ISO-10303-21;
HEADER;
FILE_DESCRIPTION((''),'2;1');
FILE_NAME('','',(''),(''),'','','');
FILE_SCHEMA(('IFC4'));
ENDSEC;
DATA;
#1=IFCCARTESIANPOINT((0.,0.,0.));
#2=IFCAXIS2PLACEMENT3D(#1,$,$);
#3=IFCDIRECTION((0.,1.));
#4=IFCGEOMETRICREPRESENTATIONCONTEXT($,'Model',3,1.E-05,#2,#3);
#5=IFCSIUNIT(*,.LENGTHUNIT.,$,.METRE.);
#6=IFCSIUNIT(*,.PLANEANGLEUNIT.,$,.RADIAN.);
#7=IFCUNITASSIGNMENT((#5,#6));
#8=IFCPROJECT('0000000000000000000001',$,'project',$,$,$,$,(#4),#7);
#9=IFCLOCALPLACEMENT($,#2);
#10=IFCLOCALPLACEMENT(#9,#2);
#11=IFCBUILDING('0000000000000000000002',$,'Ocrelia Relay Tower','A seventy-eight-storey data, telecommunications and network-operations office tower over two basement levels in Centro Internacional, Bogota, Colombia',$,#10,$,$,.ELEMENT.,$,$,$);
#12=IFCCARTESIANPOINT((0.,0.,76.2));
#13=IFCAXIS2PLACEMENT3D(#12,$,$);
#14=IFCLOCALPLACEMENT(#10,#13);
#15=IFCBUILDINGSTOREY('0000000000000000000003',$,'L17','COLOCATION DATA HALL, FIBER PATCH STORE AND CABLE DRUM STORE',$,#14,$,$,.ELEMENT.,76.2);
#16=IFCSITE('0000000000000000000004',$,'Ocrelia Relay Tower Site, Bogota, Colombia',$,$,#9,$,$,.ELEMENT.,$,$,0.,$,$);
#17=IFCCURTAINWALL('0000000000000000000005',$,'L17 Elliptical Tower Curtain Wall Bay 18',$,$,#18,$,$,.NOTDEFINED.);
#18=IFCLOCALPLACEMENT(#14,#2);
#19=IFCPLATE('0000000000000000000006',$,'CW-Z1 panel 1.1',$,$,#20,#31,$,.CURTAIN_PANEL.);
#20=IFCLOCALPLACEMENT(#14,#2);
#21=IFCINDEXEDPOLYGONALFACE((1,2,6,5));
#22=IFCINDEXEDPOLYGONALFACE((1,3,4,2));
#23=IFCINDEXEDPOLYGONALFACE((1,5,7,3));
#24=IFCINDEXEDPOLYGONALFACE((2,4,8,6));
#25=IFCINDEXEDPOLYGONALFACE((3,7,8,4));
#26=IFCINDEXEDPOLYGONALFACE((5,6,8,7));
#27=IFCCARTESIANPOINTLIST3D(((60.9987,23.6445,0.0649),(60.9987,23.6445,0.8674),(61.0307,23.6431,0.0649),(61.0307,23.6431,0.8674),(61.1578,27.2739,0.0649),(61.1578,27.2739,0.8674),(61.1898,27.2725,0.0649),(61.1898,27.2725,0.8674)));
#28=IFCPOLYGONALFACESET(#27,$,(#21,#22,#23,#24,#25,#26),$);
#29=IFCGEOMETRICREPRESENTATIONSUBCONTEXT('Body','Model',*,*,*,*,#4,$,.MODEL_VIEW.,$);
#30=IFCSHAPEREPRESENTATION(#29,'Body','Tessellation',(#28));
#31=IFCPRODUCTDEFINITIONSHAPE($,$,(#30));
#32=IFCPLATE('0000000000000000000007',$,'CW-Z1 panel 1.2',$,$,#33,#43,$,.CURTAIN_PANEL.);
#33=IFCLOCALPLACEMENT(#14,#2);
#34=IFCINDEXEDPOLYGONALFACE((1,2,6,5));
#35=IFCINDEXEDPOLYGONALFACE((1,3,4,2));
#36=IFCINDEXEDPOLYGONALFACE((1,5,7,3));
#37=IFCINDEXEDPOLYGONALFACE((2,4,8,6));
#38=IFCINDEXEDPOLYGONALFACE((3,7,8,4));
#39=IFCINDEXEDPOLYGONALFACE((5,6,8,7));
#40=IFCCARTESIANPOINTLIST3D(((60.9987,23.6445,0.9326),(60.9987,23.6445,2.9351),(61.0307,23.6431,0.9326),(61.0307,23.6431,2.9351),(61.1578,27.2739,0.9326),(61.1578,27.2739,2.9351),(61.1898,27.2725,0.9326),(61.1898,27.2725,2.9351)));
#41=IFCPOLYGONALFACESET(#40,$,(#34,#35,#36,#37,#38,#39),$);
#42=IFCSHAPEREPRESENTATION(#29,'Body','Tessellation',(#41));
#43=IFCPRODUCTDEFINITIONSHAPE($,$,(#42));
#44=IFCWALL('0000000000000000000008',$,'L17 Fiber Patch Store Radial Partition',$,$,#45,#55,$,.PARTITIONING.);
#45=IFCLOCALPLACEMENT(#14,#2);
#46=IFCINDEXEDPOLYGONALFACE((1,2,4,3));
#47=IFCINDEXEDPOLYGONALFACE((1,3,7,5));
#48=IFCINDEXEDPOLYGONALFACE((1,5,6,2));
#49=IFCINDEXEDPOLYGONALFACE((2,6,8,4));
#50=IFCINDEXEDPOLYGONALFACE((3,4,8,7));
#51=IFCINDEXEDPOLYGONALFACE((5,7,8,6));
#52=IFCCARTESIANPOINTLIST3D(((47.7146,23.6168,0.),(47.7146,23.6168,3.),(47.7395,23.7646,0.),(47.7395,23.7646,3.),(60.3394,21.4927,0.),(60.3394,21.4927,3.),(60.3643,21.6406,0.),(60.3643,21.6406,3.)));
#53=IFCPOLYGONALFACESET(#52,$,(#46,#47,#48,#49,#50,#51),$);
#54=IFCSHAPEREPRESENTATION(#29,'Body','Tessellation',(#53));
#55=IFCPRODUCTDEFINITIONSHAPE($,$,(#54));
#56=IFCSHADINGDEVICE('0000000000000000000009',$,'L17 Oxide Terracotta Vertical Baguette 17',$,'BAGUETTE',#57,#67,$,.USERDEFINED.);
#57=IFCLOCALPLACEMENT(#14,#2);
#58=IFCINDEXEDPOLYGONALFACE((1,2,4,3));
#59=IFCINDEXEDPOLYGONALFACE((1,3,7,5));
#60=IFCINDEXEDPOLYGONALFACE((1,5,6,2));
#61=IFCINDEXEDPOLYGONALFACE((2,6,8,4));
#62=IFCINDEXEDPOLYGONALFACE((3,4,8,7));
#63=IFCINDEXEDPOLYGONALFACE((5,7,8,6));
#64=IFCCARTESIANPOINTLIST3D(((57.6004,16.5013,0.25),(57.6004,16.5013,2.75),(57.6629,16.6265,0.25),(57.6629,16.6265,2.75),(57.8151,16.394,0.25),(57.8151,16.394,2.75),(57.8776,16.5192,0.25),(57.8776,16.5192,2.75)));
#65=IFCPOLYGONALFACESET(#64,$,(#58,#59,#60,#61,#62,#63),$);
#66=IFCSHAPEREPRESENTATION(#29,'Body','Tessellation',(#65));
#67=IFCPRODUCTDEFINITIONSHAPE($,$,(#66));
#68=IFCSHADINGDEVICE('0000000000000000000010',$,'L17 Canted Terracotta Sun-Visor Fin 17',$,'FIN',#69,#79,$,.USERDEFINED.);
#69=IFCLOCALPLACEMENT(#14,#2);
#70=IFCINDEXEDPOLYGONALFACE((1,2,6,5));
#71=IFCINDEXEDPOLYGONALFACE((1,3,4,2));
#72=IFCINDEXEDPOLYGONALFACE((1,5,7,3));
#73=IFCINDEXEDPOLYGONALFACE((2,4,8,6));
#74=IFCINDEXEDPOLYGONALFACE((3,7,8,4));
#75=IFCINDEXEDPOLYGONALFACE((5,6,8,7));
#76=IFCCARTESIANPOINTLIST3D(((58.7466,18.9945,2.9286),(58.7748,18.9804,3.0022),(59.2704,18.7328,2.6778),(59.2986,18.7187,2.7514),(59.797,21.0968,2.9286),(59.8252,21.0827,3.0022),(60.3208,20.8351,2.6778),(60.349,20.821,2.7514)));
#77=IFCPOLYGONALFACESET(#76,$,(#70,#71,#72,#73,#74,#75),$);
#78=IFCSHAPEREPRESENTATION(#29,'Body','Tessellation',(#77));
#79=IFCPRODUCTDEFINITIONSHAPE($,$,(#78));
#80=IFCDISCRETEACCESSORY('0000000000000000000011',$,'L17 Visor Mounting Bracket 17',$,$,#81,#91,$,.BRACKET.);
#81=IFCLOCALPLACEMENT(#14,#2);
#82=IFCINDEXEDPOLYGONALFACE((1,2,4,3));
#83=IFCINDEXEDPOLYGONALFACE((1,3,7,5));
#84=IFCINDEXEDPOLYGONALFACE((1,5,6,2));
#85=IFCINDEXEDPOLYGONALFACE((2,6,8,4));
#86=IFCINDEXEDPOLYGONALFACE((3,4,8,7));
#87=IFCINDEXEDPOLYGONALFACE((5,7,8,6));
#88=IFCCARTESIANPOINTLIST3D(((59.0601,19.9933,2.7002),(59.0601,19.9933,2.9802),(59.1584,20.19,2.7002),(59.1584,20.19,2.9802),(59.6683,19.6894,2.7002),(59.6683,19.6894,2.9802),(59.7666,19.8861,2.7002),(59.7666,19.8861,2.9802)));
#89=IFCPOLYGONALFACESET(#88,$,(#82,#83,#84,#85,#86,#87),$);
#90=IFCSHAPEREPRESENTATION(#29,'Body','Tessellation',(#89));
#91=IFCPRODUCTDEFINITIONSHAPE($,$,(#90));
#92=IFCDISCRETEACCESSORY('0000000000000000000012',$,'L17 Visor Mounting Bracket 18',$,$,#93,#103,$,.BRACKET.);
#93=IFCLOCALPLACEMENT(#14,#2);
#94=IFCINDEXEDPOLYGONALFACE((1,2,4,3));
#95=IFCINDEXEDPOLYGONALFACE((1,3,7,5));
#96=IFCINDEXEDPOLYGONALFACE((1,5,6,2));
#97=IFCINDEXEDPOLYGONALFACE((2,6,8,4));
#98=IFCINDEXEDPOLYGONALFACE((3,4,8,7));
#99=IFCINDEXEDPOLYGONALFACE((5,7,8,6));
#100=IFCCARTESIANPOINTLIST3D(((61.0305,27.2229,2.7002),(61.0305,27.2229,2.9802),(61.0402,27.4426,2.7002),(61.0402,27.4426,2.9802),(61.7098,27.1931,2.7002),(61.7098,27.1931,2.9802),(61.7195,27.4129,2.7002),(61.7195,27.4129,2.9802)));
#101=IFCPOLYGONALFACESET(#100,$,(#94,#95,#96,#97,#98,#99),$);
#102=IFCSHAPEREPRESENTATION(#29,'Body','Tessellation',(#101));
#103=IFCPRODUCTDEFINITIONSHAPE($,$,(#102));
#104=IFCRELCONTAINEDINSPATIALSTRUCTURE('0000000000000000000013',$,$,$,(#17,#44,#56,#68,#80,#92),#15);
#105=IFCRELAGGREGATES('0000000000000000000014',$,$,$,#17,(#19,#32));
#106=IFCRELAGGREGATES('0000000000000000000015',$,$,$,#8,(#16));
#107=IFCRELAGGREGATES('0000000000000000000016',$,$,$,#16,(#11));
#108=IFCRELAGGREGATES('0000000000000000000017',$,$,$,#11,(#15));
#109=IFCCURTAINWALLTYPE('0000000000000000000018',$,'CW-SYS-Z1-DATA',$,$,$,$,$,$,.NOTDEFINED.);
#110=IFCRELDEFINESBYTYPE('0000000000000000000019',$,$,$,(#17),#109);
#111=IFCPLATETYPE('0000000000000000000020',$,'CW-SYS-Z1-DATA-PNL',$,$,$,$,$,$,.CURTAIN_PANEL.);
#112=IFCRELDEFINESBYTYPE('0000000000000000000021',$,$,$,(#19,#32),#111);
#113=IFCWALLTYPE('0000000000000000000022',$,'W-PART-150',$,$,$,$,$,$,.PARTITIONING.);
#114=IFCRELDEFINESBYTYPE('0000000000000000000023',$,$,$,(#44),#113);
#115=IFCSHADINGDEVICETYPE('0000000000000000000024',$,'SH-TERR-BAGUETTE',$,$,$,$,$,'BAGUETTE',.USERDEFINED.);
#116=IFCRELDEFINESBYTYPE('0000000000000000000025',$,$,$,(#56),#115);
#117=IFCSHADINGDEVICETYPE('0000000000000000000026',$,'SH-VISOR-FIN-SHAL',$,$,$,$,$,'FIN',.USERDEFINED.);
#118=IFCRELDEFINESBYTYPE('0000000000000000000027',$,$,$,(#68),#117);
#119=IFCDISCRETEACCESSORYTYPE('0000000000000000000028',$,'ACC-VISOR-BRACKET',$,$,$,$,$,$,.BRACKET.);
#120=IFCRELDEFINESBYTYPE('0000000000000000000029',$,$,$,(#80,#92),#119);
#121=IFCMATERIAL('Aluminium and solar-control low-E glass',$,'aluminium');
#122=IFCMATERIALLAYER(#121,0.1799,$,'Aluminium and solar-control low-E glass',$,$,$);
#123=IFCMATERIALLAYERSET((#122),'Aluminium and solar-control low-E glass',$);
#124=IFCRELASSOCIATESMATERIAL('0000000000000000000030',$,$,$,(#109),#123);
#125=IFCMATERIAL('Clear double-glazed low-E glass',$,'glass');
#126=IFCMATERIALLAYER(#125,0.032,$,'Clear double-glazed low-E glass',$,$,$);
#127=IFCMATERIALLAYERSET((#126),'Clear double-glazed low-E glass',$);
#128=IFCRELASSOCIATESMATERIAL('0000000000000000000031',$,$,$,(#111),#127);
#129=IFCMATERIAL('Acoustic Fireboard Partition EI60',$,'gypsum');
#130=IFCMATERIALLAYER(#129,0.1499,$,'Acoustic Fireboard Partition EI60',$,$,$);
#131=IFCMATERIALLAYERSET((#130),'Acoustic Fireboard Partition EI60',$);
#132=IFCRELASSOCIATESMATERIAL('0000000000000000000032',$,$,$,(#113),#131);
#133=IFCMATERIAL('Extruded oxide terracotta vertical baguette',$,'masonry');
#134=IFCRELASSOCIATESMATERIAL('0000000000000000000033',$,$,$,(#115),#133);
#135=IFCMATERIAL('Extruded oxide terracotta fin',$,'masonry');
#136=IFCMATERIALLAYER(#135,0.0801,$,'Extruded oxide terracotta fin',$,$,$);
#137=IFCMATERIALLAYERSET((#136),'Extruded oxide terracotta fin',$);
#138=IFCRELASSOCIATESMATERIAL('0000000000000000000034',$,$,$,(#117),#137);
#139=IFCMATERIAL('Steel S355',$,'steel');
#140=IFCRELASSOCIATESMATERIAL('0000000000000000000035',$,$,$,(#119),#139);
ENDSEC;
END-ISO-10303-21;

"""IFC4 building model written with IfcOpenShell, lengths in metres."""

from ifc_helpers import new_model, si_unit, direction, frame, frame_2d, origin, origin_2d, place, context, subcontext, project, spatial, rectangle, extrude, material, layer, layer_set, type_object, element, aggregate, save


model = new_model("IFC4")

# Units and contexts
model_context = context("Model", 3, precision=1e-05, world=origin(), true_north=direction((0.0, 1.0)))
body_context = subcontext(model_context, "Body", "Model", "MODEL_VIEW")
ifc_project = project(units=[si_unit("LENGTHUNIT", "METRE"), si_unit("PLANEANGLEUNIT", "RADIAN")], contexts=[model_context])

# Site, building, storey
site_placement = place(None, origin())
site = spatial("IfcSite", under=ifc_project, at=site_placement, Name="Ocrelia Relay Tower Site, Bogota, Colombia", CompositionType="ELEMENT", RefElevation=0.0)
building_placement = place(site_placement, origin())
building = spatial("IfcBuilding", under=site, at=building_placement, Name="Ocrelia Relay Tower", Description="A seventy-eight-storey data, telecommunications and network-operations office tower over two basement levels in Centro Internacional, Bogota, Colombia", CompositionType="ELEMENT")
storey_placement = place(building_placement, frame((0.0, 0.0, 76.2)))
storey = spatial("IfcBuildingStorey", under=building, at=storey_placement, Name="L17", Description="COLOCATION DATA HALL, FIBER PATCH STORE AND CABLE DRUM STORE", CompositionType="ELEMENT", Elevation=76.2)

# Shared definitions
ifc_material_1 = material(Name="Steel S355", Category="steel")

# Curtain wall, plates
ifc_material_2 = material(Name="Aluminium and solar-control low-E glass", Category="aluminium")
ifc_layer_1 = layer(ifc_material_2, 0.1799, Name="Aluminium and solar-control low-E glass")
ifc_layer_set_1 = layer_set([ifc_layer_1], Name="Aluminium and solar-control low-E glass")
curtain_wall_type = type_object("IfcCurtainWallType", Name="CW-SYS-Z1-DATA", PredefinedType="NOTDEFINED", material=ifc_layer_set_1)
curtain_wall_placement = place(storey_placement, origin())
curtain_wall = element("IfcCurtainWall", 1, at=curtain_wall_placement, inside=storey, type_object=curtain_wall_type, Name="L17 Elliptical Tower Curtain Wall Bay 18", PredefinedType="NOTDEFINED")
ifc_material_3 = material(Name="Clear double-glazed low-E glass", Category="glass")
ifc_layer_2 = layer(ifc_material_3, 0.032, Name="Clear double-glazed low-E glass")
ifc_layer_set_2 = layer_set([ifc_layer_2], Name="Clear double-glazed low-E glass")
plate_type = type_object("IfcPlateType", Name="CW-SYS-Z1-DATA-PNL", PredefinedType="CURTAIN_PANEL", material=ifc_layer_set_2)
plate_1_placement = place(storey_placement, frame((61.0942, 25.4585, 0.0649), z_axis=(0.0, 0.0, 1.0), x_axis=(0.043797, 0.99904, 0.0)))
plate_1 = element("IfcPlate", 2, at=plate_1_placement, type_object=plate_type, Name="CW-Z1 panel 1.1", PredefinedType="CURTAIN_PANEL", context=body_context, shape_type="SweptSolid", body=[
    extrude(rectangle(XDim=3.6328, YDim=0.032, at=origin_2d()), origin(), (0.0, 0.0, 1.0), 0.8025),
])
plate_2_placement = place(storey_placement, frame((61.0942, 25.4585, 0.9326), z_axis=(0.0, 0.0, 1.0), x_axis=(0.043797, 0.99904, 0.0)))
plate_2 = element("IfcPlate", 3, at=plate_2_placement, type_object=plate_type, Name="CW-Z1 panel 1.2", PredefinedType="CURTAIN_PANEL", context=body_context, shape_type="SweptSolid", body=[
    extrude(rectangle(XDim=3.6328, YDim=0.032, at=origin_2d()), origin(), (0.0, 0.0, 1.0), 2.0024),
])
aggregate(curtain_wall, [plate_1, plate_2])

# Wall
ifc_material_4 = material(Name="Acoustic Fireboard Partition EI60", Category="gypsum")
ifc_layer_3 = layer(ifc_material_4, 0.1499, Name="Acoustic Fireboard Partition EI60")
ifc_layer_set_3 = layer_set([ifc_layer_3], Name="Acoustic Fireboard Partition EI60")
wall_type_1 = type_object("IfcWallType", Name="W-PART-150", PredefinedType="PARTITIONING", material=ifc_layer_set_3)
wall_1_placement = place(storey_placement, frame((47.7271, 23.6907, 0.0), z_axis=(0.0, 0.0, 1.0), x_axis=(0.986141, -0.165911, 0.0)))
element("IfcWall", 4, at=wall_1_placement, inside=storey, type_object=wall_type_1, Name="L17 Fiber Patch Store Radial Partition", PredefinedType="PARTITIONING", context=body_context, shape_type="SweptSolid", body=[
    extrude(rectangle(XDim=12.8022, YDim=0.1499, at=frame_2d((6.4011, 0.0))), origin(), (0.0, 0.0, 1.0), 3.0),
])

# Shading devices
ifc_material_5 = material(Name="Extruded oxide terracotta vertical baguette", Category="masonry")
shading_device_type_1 = type_object("IfcShadingDeviceType", Name="SH-TERR-BAGUETTE", ElementType="BAGUETTE", PredefinedType="USERDEFINED", material=ifc_material_5)
shading_device_1_placement = place(storey_placement, frame((57.739, 16.5103, 0.25), z_axis=(0.0, 0.0, 1.0), x_axis=(0.446969, 0.894549, 0.0)))
element("IfcShadingDevice", 5, at=shading_device_1_placement, inside=storey, type_object=shading_device_type_1, Name="L17 Oxide Terracotta Vertical Baguette 17", ObjectType="BAGUETTE", PredefinedType="USERDEFINED", context=body_context, shape_type="SweptSolid", body=[
    extrude(rectangle(XDim=0.1399, YDim=0.24, at=origin_2d()), origin(), (0.0, 0.0, 1.0), 2.5),
])
ifc_material_6 = material(Name="Extruded oxide terracotta fin", Category="masonry")
ifc_layer_4 = layer(ifc_material_6, 0.0801, Name="Extruded oxide terracotta fin")
ifc_layer_set_4 = layer_set([ifc_layer_4], Name="Extruded oxide terracotta fin")
shading_device_type_2 = type_object("IfcShadingDeviceType", Name="SH-VISOR-FIN-SHAL", ElementType="FIN", PredefinedType="USERDEFINED", material=ifc_layer_set_4)
shading_device_2_placement = place(storey_placement, frame((59.5337, 19.9148, 2.8032), z_axis=(0.352257, -0.176008, 0.919204), x_axis=(0.446969, 0.894549, 0.0)))
element("IfcShadingDevice", 6, at=shading_device_2_placement, inside=storey, type_object=shading_device_type_2, Name="L17 Canted Terracotta Sun-Visor Fin 17", ObjectType="FIN", PredefinedType="USERDEFINED", context=body_context, shape_type="SweptSolid", body=[
    extrude(rectangle(XDim=2.3501, YDim=0.637, at=origin_2d()), origin(), (0.0, 0.0, 1.0), 0.0801),
])

# Discrete accessories
discrete_accessory_type = type_object("IfcDiscreteAccessoryType", Name="ACC-VISOR-BRACKET", PredefinedType="BRACKET", material=ifc_material_1)
for number, where, z_axis, x_axis, name in (
    (7, (59.4133, 19.9397, 2.7002), (0.0, 0.0, 1.0), (0.446969, 0.894549, 0.0), "L17 Visor Mounting Bracket 17"),
    (8, (61.375, 27.3179, 2.7002), (0.0, 0.0, 1.0), (0.043797, 0.99904, 0.0), "L17 Visor Mounting Bracket 18"),
):
    element("IfcDiscreteAccessory", number, at=place(storey_placement, frame(where, z_axis=z_axis, x_axis=x_axis)), inside=storey, type_object=discrete_accessory_type, Name=name, PredefinedType="BRACKET", context=body_context, shape_type="SweptSolid", body=[
        extrude(rectangle(XDim=0.22, YDim=0.6799, at=origin_2d()), origin(), (0.0, 0.0, 1.0), 0.28),
    ])

save(model, "model.ifc")
